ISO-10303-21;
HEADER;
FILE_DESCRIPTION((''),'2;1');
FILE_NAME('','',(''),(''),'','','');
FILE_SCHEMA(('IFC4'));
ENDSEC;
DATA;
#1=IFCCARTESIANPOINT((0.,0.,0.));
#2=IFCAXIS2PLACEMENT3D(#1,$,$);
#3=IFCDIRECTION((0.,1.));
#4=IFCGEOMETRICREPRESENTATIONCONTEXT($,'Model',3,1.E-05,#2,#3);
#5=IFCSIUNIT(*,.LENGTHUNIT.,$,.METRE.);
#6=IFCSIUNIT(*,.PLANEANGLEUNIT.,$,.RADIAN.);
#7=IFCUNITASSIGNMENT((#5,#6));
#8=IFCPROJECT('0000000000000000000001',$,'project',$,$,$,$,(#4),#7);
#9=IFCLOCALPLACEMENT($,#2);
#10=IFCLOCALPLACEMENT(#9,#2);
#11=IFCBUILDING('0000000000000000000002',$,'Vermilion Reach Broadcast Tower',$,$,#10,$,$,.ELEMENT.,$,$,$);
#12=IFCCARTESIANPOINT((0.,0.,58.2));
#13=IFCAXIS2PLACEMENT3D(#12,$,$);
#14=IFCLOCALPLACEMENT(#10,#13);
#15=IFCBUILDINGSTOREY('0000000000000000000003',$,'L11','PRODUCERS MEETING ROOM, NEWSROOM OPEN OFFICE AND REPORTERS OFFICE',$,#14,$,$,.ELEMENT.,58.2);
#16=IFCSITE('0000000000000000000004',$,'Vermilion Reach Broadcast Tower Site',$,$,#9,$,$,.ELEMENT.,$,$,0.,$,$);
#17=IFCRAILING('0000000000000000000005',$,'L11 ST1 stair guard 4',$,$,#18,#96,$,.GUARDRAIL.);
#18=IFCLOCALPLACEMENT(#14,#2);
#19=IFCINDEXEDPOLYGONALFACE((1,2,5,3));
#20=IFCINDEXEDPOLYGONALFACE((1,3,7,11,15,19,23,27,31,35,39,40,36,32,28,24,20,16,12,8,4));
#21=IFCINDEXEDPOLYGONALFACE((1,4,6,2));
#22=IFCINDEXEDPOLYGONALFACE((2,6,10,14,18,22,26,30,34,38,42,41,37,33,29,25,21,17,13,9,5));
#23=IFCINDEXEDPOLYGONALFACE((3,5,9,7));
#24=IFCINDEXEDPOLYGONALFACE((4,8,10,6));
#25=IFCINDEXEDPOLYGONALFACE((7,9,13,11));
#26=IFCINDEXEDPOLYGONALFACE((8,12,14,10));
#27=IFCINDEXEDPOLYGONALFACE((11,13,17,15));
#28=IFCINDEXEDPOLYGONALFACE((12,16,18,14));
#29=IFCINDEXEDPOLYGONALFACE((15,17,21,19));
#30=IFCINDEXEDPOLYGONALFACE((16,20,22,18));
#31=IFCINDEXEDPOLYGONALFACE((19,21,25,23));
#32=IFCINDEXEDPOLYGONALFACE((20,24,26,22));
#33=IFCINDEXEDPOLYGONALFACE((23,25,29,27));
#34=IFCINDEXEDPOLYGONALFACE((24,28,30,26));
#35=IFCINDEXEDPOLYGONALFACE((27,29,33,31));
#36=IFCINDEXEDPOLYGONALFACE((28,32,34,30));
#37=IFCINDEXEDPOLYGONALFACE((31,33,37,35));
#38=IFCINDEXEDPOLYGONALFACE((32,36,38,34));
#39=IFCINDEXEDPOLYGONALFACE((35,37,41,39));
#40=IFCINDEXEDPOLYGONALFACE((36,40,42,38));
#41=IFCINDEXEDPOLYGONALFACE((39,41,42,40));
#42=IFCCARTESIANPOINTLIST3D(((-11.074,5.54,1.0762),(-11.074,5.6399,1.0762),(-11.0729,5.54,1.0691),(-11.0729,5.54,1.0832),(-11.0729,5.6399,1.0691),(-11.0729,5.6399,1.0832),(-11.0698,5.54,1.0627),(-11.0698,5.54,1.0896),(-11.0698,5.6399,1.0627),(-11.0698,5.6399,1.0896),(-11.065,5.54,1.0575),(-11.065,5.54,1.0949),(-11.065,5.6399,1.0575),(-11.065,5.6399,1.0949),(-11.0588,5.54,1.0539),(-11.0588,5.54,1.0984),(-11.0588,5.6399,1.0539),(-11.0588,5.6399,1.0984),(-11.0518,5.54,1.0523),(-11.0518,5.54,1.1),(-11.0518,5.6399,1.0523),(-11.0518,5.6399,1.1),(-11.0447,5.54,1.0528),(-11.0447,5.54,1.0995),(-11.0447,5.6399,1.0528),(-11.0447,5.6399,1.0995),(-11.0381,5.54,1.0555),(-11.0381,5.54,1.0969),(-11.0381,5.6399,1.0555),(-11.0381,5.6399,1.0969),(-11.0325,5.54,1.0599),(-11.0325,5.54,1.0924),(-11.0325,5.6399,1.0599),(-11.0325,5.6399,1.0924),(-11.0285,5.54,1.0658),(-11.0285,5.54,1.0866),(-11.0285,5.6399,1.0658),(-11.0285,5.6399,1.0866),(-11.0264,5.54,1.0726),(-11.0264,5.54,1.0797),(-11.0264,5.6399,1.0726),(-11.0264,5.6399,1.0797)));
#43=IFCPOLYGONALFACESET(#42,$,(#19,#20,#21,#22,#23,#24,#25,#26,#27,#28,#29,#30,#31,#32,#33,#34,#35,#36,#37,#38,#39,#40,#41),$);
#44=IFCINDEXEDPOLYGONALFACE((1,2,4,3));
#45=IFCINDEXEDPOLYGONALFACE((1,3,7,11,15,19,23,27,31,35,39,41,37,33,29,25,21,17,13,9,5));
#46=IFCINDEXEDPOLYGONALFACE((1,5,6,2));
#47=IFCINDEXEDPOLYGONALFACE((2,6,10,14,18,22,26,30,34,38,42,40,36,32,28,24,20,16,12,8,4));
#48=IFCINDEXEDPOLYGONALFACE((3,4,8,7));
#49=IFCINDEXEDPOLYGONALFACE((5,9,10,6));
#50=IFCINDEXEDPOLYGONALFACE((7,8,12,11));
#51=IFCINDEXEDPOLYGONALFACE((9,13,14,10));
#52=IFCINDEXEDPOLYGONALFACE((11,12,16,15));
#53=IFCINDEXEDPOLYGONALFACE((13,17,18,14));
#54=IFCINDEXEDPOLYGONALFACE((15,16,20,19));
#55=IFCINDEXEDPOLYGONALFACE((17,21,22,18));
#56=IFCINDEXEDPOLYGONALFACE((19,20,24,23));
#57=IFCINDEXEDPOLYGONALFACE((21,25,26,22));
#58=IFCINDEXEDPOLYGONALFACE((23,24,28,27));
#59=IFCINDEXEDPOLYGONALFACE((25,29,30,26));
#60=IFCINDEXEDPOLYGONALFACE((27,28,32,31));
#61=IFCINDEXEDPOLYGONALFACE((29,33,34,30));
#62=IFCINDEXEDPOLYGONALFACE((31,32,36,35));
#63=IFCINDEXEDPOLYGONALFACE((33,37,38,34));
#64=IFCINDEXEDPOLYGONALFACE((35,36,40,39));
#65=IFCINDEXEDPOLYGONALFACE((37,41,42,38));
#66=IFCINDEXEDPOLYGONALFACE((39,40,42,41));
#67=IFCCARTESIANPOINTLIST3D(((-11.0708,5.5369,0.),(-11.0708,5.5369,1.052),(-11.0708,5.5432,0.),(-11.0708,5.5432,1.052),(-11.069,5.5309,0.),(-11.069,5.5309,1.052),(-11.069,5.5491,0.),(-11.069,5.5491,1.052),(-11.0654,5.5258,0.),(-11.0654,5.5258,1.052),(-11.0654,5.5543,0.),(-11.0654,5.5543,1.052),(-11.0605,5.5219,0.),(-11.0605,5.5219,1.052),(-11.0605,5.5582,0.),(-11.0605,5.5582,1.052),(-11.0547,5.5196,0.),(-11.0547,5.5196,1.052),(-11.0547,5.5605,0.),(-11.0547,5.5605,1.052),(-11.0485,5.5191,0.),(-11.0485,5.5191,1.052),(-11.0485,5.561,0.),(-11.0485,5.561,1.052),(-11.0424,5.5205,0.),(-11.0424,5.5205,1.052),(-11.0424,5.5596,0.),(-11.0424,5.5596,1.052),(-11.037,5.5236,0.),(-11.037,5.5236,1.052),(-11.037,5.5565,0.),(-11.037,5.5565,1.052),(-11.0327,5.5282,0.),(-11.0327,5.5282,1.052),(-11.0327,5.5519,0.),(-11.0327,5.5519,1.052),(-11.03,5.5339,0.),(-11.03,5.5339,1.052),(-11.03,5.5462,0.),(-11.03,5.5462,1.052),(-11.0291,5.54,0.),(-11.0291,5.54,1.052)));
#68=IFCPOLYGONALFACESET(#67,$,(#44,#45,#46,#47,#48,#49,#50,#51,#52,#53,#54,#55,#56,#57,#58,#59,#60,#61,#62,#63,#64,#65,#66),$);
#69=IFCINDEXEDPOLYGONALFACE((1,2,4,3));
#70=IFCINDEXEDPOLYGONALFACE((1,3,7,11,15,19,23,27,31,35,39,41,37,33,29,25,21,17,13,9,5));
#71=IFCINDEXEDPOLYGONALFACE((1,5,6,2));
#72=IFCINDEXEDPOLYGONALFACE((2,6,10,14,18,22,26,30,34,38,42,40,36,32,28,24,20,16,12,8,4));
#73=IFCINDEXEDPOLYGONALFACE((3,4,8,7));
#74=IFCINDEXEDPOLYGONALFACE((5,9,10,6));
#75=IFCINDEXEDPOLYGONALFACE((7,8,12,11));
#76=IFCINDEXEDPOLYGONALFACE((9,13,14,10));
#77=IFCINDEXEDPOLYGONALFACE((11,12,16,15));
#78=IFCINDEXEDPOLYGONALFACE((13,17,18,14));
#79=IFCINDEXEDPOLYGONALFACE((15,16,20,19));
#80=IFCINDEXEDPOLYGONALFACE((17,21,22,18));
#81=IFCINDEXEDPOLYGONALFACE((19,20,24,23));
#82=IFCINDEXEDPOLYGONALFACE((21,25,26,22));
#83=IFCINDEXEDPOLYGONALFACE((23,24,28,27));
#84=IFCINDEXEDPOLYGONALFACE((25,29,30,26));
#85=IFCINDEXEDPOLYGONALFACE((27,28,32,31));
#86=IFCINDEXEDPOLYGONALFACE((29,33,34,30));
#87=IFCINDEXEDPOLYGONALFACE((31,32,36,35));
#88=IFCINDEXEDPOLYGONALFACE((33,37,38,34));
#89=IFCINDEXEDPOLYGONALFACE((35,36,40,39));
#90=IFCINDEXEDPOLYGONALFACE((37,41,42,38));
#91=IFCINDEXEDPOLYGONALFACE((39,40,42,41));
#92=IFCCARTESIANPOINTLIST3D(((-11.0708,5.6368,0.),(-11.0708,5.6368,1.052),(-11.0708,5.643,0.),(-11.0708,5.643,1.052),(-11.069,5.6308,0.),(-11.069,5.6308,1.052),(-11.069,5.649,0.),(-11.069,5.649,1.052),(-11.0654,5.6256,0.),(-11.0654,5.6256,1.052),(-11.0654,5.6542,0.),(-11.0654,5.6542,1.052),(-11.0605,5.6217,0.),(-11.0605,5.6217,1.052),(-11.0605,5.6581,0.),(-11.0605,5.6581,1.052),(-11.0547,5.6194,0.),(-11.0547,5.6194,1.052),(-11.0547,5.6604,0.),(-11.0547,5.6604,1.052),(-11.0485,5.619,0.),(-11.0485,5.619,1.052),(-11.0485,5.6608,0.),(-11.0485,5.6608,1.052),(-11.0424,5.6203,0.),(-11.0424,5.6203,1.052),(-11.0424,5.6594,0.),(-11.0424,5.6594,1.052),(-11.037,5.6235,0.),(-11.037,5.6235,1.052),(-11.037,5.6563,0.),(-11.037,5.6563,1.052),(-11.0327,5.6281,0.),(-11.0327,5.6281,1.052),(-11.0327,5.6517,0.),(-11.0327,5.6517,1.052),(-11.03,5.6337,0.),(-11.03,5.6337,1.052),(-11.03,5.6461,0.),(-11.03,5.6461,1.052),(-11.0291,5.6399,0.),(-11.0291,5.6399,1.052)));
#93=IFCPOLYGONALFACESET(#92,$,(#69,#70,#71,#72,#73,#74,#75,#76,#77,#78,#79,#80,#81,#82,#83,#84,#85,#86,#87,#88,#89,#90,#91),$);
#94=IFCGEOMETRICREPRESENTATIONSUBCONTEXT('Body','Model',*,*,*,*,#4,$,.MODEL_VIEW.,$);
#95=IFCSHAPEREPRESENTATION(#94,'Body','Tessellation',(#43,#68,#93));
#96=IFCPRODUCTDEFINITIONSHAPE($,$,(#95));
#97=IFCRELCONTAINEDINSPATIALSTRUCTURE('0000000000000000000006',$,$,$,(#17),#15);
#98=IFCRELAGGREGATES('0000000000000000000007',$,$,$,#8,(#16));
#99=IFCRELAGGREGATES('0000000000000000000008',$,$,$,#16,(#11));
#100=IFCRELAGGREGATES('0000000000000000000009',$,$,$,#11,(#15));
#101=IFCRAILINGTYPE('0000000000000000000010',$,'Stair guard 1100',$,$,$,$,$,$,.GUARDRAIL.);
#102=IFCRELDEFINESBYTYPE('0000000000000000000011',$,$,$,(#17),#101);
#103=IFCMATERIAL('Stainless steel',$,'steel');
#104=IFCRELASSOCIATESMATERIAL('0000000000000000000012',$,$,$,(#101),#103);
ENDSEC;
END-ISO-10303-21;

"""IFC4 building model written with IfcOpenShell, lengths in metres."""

from ifc_helpers import new_model, si_unit, direction, frame, origin, origin_2d, place, context, subcontext, project, spatial, circle, extrude, material, type_object, element, save


model = new_model("IFC4")

# Units and contexts
model_context = context("Model", 3, precision=1e-05, world=origin(), true_north=direction((0.0, 1.0)))
body_context = subcontext(model_context, "Body", "Model", "MODEL_VIEW")
ifc_project = project(units=[si_unit("LENGTHUNIT", "METRE"), si_unit("PLANEANGLEUNIT", "RADIAN")], contexts=[model_context])

# Site, building, storey
site_placement = place(None, origin())
site = spatial("IfcSite", under=ifc_project, at=site_placement, Name="Vermilion Reach Broadcast Tower Site", CompositionType="ELEMENT", RefElevation=0.0)
building_placement = place(site_placement, origin())
building = spatial("IfcBuilding", under=site, at=building_placement, Name="Vermilion Reach Broadcast Tower", CompositionType="ELEMENT")
storey_placement = place(building_placement, frame((0.0, 0.0, 58.2)))
storey = spatial("IfcBuildingStorey", under=building, at=storey_placement, Name="L11", Description="PRODUCERS MEETING ROOM, NEWSROOM OPEN OFFICE AND REPORTERS OFFICE", CompositionType="ELEMENT", Elevation=58.2)

# Railing
ifc_material_1 = material(Name="Stainless steel", Category="steel")
railing_type_1 = type_object("IfcRailingType", Name="Stair guard 1100", PredefinedType="GUARDRAIL", material=ifc_material_1)
railing_1_placement = place(storey_placement, frame((-11.05, 5.54, 0.0)))
element("IfcRailing", 1, at=railing_1_placement, inside=storey, type_object=railing_type_1, Name="L11 ST1 stair guard 4", PredefinedType="GUARDRAIL", context=body_context, shape_type="SweptSolid", body=[
    extrude(circle(Radius=0.0239, at=origin_2d()), frame((0.0, 0.0, 1.0762), z_axis=(0.0, 1.0, 0.0), x_axis=(-1.0, 0.0, 0.0)), (0.0, 0.0, 1.0), 0.0999),
    extrude(circle(Radius=0.021, at=origin_2d()), origin(), (0.0, 0.0, 1.0), 1.052),
    extrude(circle(Radius=0.021, at=origin_2d()), frame((0.0, 0.0999, 0.0)), (0.0, 0.0, 1.0), 1.052),
])

save(model, "model.ifc")
